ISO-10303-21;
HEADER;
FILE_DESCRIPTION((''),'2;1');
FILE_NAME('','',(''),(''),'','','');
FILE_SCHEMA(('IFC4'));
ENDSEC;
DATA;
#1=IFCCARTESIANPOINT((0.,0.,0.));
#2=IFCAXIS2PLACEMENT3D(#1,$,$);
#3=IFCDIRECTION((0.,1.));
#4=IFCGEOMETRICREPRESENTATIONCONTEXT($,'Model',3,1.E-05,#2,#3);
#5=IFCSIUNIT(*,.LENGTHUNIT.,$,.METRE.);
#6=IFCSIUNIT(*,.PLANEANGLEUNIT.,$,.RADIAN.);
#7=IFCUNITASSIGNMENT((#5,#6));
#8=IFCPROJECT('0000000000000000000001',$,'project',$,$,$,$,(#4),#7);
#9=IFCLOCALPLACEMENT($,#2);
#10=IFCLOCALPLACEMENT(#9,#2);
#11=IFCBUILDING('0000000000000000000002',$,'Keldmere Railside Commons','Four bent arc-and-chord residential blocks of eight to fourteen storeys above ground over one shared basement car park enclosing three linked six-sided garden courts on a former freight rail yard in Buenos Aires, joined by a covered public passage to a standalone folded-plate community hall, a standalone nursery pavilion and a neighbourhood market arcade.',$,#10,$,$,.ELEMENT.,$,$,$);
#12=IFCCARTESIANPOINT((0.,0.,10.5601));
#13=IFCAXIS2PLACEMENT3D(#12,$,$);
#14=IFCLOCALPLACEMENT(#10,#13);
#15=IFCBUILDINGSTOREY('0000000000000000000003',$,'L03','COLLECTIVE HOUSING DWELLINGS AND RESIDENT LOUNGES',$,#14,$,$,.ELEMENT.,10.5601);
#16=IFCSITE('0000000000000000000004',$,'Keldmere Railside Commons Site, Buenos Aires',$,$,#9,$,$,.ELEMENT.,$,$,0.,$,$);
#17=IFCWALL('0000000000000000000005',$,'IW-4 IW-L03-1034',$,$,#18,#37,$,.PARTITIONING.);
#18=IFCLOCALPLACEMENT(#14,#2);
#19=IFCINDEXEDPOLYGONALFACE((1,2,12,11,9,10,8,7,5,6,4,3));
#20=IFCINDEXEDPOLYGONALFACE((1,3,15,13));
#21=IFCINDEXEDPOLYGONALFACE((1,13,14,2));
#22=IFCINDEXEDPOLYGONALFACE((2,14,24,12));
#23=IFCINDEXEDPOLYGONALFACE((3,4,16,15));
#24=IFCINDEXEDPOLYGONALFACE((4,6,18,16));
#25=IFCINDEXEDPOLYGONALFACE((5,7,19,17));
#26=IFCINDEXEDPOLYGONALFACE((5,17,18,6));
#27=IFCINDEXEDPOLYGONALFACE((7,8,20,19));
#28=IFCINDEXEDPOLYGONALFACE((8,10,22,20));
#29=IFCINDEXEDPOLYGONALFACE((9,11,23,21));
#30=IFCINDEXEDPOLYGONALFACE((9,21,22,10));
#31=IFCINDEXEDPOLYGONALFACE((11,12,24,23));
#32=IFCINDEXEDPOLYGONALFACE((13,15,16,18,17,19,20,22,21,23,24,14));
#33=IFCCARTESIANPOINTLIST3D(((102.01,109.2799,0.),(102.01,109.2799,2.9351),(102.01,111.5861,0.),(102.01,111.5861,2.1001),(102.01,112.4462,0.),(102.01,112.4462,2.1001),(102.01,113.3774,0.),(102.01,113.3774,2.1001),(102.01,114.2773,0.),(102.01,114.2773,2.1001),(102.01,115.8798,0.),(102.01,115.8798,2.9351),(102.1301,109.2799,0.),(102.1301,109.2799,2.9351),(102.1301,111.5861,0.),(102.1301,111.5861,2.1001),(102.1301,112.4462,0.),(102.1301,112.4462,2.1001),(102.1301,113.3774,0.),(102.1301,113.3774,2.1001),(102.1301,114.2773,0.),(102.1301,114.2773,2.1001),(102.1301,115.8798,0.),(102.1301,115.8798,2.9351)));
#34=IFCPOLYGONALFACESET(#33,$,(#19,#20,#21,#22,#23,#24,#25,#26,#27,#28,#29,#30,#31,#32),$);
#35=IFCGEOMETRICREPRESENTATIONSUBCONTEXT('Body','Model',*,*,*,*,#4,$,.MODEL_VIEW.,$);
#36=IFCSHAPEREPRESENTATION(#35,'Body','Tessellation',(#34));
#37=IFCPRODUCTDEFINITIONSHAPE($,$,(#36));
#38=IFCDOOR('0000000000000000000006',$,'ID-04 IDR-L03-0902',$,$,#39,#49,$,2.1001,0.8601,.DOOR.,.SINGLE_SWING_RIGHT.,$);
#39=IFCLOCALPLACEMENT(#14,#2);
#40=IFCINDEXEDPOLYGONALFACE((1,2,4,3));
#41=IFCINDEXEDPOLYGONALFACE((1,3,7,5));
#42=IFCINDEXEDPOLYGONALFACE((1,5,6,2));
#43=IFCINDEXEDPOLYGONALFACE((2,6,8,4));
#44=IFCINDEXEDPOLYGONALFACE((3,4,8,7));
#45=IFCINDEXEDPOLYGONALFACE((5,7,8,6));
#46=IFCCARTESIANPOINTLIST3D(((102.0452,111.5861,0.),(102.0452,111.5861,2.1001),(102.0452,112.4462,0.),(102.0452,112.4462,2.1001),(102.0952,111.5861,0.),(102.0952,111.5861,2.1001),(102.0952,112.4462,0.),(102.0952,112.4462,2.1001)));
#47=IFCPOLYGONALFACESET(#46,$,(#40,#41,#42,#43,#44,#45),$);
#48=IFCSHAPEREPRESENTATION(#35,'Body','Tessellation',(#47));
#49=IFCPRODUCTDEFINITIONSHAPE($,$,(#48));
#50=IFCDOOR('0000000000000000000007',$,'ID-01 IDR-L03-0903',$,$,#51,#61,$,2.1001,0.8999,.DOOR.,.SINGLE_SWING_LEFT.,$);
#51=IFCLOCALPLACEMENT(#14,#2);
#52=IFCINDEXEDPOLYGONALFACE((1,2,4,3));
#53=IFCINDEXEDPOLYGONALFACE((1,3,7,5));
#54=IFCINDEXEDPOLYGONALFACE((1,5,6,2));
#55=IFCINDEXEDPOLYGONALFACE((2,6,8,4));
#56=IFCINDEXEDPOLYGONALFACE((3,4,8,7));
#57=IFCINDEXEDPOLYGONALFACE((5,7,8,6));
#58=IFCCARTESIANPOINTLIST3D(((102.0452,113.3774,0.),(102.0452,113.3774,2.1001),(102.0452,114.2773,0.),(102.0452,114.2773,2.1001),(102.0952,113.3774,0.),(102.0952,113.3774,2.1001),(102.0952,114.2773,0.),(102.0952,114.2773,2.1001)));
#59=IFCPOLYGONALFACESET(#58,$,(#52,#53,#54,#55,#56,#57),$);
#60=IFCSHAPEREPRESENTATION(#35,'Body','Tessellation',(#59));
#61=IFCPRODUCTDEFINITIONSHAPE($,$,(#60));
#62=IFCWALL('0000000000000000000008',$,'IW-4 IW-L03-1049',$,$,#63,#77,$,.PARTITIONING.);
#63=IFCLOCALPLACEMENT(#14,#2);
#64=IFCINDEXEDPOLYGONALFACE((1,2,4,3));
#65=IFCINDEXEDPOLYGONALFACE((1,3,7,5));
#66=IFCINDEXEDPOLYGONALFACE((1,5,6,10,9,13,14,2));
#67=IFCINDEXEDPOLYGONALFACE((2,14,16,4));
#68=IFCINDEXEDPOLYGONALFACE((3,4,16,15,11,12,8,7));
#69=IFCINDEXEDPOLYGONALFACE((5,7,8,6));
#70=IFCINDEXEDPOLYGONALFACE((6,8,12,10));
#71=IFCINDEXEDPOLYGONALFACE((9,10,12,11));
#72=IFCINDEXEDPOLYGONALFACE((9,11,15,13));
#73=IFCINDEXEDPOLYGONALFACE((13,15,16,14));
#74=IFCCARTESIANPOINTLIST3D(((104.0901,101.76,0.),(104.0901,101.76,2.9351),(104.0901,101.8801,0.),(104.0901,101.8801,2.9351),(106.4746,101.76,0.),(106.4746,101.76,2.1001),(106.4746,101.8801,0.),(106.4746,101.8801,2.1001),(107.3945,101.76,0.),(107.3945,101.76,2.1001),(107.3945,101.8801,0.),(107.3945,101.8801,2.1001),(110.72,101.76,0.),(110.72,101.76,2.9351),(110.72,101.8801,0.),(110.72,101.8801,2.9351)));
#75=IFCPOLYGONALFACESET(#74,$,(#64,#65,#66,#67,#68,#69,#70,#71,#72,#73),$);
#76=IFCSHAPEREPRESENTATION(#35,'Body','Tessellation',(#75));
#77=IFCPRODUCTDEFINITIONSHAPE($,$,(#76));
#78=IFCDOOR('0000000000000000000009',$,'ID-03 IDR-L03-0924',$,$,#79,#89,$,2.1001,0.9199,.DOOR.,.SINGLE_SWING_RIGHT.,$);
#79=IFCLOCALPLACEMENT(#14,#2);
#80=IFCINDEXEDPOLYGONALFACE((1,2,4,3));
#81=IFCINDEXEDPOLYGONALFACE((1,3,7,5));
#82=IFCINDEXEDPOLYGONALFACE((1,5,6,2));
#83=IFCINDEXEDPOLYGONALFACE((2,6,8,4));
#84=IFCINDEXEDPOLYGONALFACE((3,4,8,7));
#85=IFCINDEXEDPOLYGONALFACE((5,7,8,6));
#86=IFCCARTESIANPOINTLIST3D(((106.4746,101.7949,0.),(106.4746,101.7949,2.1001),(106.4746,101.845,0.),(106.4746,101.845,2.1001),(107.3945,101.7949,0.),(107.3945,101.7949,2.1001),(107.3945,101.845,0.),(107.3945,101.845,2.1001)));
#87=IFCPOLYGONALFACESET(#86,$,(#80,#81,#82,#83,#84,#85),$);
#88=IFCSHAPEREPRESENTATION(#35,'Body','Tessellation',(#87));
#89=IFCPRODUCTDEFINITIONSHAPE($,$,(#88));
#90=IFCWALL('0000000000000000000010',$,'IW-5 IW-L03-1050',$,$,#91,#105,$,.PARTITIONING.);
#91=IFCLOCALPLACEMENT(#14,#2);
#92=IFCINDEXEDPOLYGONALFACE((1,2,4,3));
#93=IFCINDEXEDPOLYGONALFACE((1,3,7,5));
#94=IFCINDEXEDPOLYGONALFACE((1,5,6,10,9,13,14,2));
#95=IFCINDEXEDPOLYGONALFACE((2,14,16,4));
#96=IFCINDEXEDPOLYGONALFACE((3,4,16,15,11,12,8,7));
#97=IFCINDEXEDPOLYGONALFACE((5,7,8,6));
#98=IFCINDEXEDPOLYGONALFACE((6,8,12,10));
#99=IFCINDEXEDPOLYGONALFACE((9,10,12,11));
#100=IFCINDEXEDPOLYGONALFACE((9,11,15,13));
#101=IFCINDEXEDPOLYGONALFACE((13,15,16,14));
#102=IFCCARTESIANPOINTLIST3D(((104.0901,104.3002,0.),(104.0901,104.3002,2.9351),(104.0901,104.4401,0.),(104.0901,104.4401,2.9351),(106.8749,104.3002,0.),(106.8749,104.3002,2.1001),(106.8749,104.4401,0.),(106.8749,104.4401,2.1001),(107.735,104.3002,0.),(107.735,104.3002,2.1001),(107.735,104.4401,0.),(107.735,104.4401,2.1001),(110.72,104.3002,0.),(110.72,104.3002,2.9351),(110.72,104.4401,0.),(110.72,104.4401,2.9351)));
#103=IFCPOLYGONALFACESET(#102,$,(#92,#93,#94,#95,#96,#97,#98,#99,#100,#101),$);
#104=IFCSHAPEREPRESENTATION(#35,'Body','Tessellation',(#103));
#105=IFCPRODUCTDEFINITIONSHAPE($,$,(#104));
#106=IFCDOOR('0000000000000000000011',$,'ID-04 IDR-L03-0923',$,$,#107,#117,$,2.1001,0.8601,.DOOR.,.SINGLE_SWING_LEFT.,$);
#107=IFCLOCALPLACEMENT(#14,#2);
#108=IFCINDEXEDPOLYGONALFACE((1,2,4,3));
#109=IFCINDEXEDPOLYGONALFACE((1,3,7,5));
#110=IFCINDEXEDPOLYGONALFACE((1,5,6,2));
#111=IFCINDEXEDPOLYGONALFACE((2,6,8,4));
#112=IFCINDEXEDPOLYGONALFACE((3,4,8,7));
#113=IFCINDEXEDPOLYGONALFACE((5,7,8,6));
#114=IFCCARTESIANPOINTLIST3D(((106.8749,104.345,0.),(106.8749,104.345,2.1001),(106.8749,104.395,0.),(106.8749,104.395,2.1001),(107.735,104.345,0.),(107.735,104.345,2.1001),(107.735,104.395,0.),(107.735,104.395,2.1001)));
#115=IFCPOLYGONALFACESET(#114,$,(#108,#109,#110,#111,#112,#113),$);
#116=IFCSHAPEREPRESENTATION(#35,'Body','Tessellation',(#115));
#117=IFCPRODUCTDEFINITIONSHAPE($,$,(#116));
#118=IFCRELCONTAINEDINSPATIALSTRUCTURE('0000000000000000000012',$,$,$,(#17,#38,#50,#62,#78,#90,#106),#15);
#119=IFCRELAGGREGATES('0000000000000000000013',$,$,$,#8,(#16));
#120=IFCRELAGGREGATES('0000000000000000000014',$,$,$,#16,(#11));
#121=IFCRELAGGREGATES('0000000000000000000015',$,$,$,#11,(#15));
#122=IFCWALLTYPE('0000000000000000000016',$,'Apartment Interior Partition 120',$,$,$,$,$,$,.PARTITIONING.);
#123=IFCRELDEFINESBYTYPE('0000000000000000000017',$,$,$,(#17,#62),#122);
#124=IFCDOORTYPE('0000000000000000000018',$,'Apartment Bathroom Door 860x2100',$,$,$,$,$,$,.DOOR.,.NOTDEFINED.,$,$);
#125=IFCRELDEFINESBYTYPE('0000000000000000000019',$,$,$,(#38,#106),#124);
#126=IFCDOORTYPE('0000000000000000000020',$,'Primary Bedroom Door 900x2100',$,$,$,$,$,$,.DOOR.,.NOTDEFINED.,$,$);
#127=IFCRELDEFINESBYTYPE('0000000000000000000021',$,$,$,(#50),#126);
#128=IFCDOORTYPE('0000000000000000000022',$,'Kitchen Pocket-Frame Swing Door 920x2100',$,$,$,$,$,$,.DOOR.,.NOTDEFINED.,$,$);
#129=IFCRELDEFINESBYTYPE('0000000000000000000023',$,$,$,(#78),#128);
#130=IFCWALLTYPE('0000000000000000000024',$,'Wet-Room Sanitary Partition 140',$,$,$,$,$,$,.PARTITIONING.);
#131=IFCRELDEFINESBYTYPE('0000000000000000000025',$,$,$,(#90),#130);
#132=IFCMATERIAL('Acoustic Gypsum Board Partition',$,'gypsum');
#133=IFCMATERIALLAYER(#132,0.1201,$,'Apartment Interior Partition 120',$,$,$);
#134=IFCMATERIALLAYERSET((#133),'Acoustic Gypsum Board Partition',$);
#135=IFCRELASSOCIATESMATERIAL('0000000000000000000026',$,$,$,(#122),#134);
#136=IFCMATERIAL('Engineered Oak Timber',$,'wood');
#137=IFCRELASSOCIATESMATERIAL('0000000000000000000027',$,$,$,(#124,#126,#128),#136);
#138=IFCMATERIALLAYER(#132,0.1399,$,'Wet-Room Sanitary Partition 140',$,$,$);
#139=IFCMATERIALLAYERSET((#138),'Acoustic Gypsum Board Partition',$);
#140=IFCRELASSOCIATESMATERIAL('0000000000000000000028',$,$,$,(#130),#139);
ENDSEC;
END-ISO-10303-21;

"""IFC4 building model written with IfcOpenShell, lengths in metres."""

from ifc_helpers import new_model, si_unit, direction, frame, frame_2d, origin, place, context, subcontext, project, spatial, rectangle, extrude, material, layer, layer_set, type_object, element, fill, save


model = new_model("IFC4")

# Units and contexts
model_context = context("Model", 3, precision=1e-05, world=origin(), true_north=direction((0.0, 1.0)))
body_context = subcontext(model_context, "Body", "Model", "MODEL_VIEW")
ifc_project = project(units=[si_unit("LENGTHUNIT", "METRE"), si_unit("PLANEANGLEUNIT", "RADIAN")], contexts=[model_context])

# Site, building, storey
site_placement = place(None, origin())
site = spatial("IfcSite", under=ifc_project, at=site_placement, Name="Keldmere Railside Commons Site, Buenos Aires", CompositionType="ELEMENT", RefElevation=0.0)
building_placement = place(site_placement, origin())
building = spatial("IfcBuilding", under=site, at=building_placement, Name="Keldmere Railside Commons", Description="Four bent arc-and-chord residential blocks of eight to fourteen storeys above ground over one shared basement car park enclosing three linked six-sided garden courts on a former freight rail yard in Buenos Aires, joined by a covered public passage to a standalone folded-plate community hall, a standalone nursery pavilion and a neighbourhood market arcade.", CompositionType="ELEMENT")
storey_placement = place(building_placement, frame((0.0, 0.0, 10.5601)))
storey = spatial("IfcBuildingStorey", under=building, at=storey_placement, Name="L03", Description="COLLECTIVE HOUSING DWELLINGS AND RESIDENT LOUNGES", CompositionType="ELEMENT", Elevation=10.5601)

# Shared definitions
ifc_material_1 = material(Name="Acoustic Gypsum Board Partition", Category="gypsum")

# Wall, openings, doors
ifc_layer_1 = layer(ifc_material_1, 0.1201, Name="Apartment Interior Partition 120")
ifc_layer_set_1 = layer_set([ifc_layer_1], Name="Acoustic Gypsum Board Partition")
wall_type_1 = type_object("IfcWallType", Name="Apartment Interior Partition 120", PredefinedType="PARTITIONING", material=ifc_layer_set_1)
wall_1_placement = place(storey_placement, frame((102.0701, 109.28, 0.0), z_axis=(0.0, 0.0, 1.0), x_axis=(0.0, 1.0, 0.0)))
wall_1 = element("IfcWall", 1, at=wall_1_placement, inside=storey, type_object=wall_type_1, Name="IW-4 IW-L03-1034", PredefinedType="PARTITIONING", context=body_context, shape_type="SweptSolid", body=[
    extrude(rectangle(XDim=6.5999, YDim=0.1201, at=frame_2d((3.2998, 0.0))), origin(), (0.0, 0.0, 1.0), 2.9351),
])
opening_1_placement = place(wall_1_placement, frame((2.3059, 0.0, 0.0)))
opening_1 = element("IfcOpeningElement", 2, at=opening_1_placement, cuts=wall_1, PredefinedType="OPENING", context=body_context, shape_type="SweptSolid", body=[
    extrude(rectangle(XDim=0.8601, YDim=2.1001, at=frame_2d((0.4302, 1.05))), frame((0.0, 0.0701, 0.0), z_axis=(0.0, -1.0, 0.0), x_axis=(1.0, 0.0, 0.0)), (0.0, 0.0, 1.0), 0.1401),
])
opening_2_placement = place(wall_1_placement, frame((4.0974, 0.0, 0.0)))
opening_2 = element("IfcOpeningElement", 3, at=opening_2_placement, cuts=wall_1, PredefinedType="OPENING", context=body_context, shape_type="SweptSolid", body=[
    extrude(rectangle(XDim=0.8999, YDim=2.1001, at=frame_2d((0.45, 1.05))), frame((0.0, 0.0701, 0.0), z_axis=(0.0, -1.0, 0.0), x_axis=(1.0, 0.0, 0.0)), (0.0, 0.0, 1.0), 0.1401),
])
ifc_material_2 = material(Name="Engineered Oak Timber", Category="wood")
door_type_1 = type_object("IfcDoorType", Name="Apartment Bathroom Door 860x2100", OperationType="NOTDEFINED", PredefinedType="DOOR", material=ifc_material_2)
door_1_placement = place(opening_1_placement, origin())
door_1 = element("IfcDoor", 4, at=door_1_placement, inside=storey, type_object=door_type_1, Name="ID-04 IDR-L03-0902", OperationType="SINGLE_SWING_RIGHT", OverallHeight=2.1001, OverallWidth=0.8601, PredefinedType="DOOR", context=body_context, shape_type="SweptSolid", body=[
    extrude(rectangle(XDim=0.8601, YDim=2.1001, at=frame_2d((0.4302, 1.05))), frame((0.0, 0.0249, 0.0), z_axis=(0.0, -1.0, 0.0), x_axis=(1.0, 0.0, 0.0)), (0.0, 0.0, 1.0), 0.05),
])
fill(opening_1, door_1)
door_type_2 = type_object("IfcDoorType", Name="Primary Bedroom Door 900x2100", OperationType="NOTDEFINED", PredefinedType="DOOR", material=ifc_material_2)
door_2_placement = place(opening_2_placement, origin())
door_2 = element("IfcDoor", 5, at=door_2_placement, inside=storey, type_object=door_type_2, Name="ID-01 IDR-L03-0903", OperationType="SINGLE_SWING_LEFT", OverallHeight=2.1001, OverallWidth=0.8999, PredefinedType="DOOR", context=body_context, shape_type="SweptSolid", body=[
    extrude(rectangle(XDim=0.8999, YDim=2.1001, at=frame_2d((0.45, 1.05))), frame((0.0, 0.0249, 0.0), z_axis=(0.0, -1.0, 0.0), x_axis=(1.0, 0.0, 0.0)), (0.0, 0.0, 1.0), 0.05),
])
fill(opening_2, door_2)

# Walls, openings, doors
wall_2_placement = place(storey_placement, frame((104.0901, 101.8201, 0.0), z_axis=(0.0, 0.0, 1.0), x_axis=(1.0, 0.0, 0.0)))
wall_2 = element("IfcWall", 6, at=wall_2_placement, inside=storey, type_object=wall_type_1, Name="IW-4 IW-L03-1049", PredefinedType="PARTITIONING", context=body_context, shape_type="SweptSolid", body=[
    extrude(rectangle(XDim=6.6299, YDim=0.1201, at=frame_2d((3.3149, 0.0))), origin(), (0.0, 0.0, 1.0), 2.9351),
])
opening_3_placement = place(wall_2_placement, frame((2.3845, 0.0, 0.0)))
opening_3 = element("IfcOpeningElement", 7, at=opening_3_placement, cuts=wall_2, PredefinedType="OPENING", context=body_context, shape_type="SweptSolid", body=[
    extrude(rectangle(XDim=0.9199, YDim=2.1001, at=frame_2d((0.46, 1.05))), frame((0.0, 0.0701, 0.0), z_axis=(0.0, -1.0, 0.0), x_axis=(1.0, 0.0, 0.0)), (0.0, 0.0, 1.0), 0.1401),
])
door_type_3 = type_object("IfcDoorType", Name="Kitchen Pocket-Frame Swing Door 920x2100", OperationType="NOTDEFINED", PredefinedType="DOOR", material=ifc_material_2)
door_3_placement = place(opening_3_placement, origin())
door_3 = element("IfcDoor", 8, at=door_3_placement, inside=storey, type_object=door_type_3, Name="ID-03 IDR-L03-0924", OperationType="SINGLE_SWING_RIGHT", OverallHeight=2.1001, OverallWidth=0.9199, PredefinedType="DOOR", context=body_context, shape_type="SweptSolid", body=[
    extrude(rectangle(XDim=0.9199, YDim=2.1001, at=frame_2d((0.46, 1.05))), frame((0.0, 0.0249, 0.0), z_axis=(0.0, -1.0, 0.0), x_axis=(1.0, 0.0, 0.0)), (0.0, 0.0, 1.0), 0.05),
])
fill(opening_3, door_3)
ifc_layer_2 = layer(ifc_material_1, 0.1399, Name="Wet-Room Sanitary Partition 140")
ifc_layer_set_2 = layer_set([ifc_layer_2], Name="Acoustic Gypsum Board Partition")
wall_type_2 = type_object("IfcWallType", Name="Wet-Room Sanitary Partition 140", PredefinedType="PARTITIONING", material=ifc_layer_set_2)
wall_3_placement = place(storey_placement, frame((104.0901, 104.3701, 0.0), z_axis=(0.0, 0.0, 1.0), x_axis=(1.0, 0.0, 0.0)))
wall_3 = element("IfcWall", 9, at=wall_3_placement, inside=storey, type_object=wall_type_2, Name="IW-5 IW-L03-1050", PredefinedType="PARTITIONING", context=body_context, shape_type="SweptSolid", body=[
    extrude(rectangle(XDim=6.6299, YDim=0.1399, at=frame_2d((3.3149, 0.0))), origin(), (0.0, 0.0, 1.0), 2.9351),
])
opening_4_placement = place(wall_3_placement, frame((2.7847, 0.0, 0.0)))
opening_4 = element("IfcOpeningElement", 10, at=opening_4_placement, cuts=wall_3, PredefinedType="OPENING", context=body_context, shape_type="SweptSolid", body=[
    extrude(rectangle(XDim=0.8601, YDim=2.1001, at=frame_2d((0.4302, 1.05))), frame((0.0, 0.0798, 0.0), z_axis=(0.0, -1.0, 0.0), x_axis=(1.0, 0.0, 0.0)), (0.0, 0.0, 1.0), 0.1599),
])
door_4_placement = place(opening_4_placement, origin())
door_4 = element("IfcDoor", 11, at=door_4_placement, inside=storey, type_object=door_type_1, Name="ID-04 IDR-L03-0923", OperationType="SINGLE_SWING_LEFT", OverallHeight=2.1001, OverallWidth=0.8601, PredefinedType="DOOR", context=body_context, shape_type="SweptSolid", body=[
    extrude(rectangle(XDim=0.8601, YDim=2.1001, at=frame_2d((0.4302, 1.05))), frame((0.0, 0.0249, 0.0), z_axis=(0.0, -1.0, 0.0), x_axis=(1.0, 0.0, 0.0)), (0.0, 0.0, 1.0), 0.05),
])
fill(opening_4, door_4)

save(model, "model.ifc")
